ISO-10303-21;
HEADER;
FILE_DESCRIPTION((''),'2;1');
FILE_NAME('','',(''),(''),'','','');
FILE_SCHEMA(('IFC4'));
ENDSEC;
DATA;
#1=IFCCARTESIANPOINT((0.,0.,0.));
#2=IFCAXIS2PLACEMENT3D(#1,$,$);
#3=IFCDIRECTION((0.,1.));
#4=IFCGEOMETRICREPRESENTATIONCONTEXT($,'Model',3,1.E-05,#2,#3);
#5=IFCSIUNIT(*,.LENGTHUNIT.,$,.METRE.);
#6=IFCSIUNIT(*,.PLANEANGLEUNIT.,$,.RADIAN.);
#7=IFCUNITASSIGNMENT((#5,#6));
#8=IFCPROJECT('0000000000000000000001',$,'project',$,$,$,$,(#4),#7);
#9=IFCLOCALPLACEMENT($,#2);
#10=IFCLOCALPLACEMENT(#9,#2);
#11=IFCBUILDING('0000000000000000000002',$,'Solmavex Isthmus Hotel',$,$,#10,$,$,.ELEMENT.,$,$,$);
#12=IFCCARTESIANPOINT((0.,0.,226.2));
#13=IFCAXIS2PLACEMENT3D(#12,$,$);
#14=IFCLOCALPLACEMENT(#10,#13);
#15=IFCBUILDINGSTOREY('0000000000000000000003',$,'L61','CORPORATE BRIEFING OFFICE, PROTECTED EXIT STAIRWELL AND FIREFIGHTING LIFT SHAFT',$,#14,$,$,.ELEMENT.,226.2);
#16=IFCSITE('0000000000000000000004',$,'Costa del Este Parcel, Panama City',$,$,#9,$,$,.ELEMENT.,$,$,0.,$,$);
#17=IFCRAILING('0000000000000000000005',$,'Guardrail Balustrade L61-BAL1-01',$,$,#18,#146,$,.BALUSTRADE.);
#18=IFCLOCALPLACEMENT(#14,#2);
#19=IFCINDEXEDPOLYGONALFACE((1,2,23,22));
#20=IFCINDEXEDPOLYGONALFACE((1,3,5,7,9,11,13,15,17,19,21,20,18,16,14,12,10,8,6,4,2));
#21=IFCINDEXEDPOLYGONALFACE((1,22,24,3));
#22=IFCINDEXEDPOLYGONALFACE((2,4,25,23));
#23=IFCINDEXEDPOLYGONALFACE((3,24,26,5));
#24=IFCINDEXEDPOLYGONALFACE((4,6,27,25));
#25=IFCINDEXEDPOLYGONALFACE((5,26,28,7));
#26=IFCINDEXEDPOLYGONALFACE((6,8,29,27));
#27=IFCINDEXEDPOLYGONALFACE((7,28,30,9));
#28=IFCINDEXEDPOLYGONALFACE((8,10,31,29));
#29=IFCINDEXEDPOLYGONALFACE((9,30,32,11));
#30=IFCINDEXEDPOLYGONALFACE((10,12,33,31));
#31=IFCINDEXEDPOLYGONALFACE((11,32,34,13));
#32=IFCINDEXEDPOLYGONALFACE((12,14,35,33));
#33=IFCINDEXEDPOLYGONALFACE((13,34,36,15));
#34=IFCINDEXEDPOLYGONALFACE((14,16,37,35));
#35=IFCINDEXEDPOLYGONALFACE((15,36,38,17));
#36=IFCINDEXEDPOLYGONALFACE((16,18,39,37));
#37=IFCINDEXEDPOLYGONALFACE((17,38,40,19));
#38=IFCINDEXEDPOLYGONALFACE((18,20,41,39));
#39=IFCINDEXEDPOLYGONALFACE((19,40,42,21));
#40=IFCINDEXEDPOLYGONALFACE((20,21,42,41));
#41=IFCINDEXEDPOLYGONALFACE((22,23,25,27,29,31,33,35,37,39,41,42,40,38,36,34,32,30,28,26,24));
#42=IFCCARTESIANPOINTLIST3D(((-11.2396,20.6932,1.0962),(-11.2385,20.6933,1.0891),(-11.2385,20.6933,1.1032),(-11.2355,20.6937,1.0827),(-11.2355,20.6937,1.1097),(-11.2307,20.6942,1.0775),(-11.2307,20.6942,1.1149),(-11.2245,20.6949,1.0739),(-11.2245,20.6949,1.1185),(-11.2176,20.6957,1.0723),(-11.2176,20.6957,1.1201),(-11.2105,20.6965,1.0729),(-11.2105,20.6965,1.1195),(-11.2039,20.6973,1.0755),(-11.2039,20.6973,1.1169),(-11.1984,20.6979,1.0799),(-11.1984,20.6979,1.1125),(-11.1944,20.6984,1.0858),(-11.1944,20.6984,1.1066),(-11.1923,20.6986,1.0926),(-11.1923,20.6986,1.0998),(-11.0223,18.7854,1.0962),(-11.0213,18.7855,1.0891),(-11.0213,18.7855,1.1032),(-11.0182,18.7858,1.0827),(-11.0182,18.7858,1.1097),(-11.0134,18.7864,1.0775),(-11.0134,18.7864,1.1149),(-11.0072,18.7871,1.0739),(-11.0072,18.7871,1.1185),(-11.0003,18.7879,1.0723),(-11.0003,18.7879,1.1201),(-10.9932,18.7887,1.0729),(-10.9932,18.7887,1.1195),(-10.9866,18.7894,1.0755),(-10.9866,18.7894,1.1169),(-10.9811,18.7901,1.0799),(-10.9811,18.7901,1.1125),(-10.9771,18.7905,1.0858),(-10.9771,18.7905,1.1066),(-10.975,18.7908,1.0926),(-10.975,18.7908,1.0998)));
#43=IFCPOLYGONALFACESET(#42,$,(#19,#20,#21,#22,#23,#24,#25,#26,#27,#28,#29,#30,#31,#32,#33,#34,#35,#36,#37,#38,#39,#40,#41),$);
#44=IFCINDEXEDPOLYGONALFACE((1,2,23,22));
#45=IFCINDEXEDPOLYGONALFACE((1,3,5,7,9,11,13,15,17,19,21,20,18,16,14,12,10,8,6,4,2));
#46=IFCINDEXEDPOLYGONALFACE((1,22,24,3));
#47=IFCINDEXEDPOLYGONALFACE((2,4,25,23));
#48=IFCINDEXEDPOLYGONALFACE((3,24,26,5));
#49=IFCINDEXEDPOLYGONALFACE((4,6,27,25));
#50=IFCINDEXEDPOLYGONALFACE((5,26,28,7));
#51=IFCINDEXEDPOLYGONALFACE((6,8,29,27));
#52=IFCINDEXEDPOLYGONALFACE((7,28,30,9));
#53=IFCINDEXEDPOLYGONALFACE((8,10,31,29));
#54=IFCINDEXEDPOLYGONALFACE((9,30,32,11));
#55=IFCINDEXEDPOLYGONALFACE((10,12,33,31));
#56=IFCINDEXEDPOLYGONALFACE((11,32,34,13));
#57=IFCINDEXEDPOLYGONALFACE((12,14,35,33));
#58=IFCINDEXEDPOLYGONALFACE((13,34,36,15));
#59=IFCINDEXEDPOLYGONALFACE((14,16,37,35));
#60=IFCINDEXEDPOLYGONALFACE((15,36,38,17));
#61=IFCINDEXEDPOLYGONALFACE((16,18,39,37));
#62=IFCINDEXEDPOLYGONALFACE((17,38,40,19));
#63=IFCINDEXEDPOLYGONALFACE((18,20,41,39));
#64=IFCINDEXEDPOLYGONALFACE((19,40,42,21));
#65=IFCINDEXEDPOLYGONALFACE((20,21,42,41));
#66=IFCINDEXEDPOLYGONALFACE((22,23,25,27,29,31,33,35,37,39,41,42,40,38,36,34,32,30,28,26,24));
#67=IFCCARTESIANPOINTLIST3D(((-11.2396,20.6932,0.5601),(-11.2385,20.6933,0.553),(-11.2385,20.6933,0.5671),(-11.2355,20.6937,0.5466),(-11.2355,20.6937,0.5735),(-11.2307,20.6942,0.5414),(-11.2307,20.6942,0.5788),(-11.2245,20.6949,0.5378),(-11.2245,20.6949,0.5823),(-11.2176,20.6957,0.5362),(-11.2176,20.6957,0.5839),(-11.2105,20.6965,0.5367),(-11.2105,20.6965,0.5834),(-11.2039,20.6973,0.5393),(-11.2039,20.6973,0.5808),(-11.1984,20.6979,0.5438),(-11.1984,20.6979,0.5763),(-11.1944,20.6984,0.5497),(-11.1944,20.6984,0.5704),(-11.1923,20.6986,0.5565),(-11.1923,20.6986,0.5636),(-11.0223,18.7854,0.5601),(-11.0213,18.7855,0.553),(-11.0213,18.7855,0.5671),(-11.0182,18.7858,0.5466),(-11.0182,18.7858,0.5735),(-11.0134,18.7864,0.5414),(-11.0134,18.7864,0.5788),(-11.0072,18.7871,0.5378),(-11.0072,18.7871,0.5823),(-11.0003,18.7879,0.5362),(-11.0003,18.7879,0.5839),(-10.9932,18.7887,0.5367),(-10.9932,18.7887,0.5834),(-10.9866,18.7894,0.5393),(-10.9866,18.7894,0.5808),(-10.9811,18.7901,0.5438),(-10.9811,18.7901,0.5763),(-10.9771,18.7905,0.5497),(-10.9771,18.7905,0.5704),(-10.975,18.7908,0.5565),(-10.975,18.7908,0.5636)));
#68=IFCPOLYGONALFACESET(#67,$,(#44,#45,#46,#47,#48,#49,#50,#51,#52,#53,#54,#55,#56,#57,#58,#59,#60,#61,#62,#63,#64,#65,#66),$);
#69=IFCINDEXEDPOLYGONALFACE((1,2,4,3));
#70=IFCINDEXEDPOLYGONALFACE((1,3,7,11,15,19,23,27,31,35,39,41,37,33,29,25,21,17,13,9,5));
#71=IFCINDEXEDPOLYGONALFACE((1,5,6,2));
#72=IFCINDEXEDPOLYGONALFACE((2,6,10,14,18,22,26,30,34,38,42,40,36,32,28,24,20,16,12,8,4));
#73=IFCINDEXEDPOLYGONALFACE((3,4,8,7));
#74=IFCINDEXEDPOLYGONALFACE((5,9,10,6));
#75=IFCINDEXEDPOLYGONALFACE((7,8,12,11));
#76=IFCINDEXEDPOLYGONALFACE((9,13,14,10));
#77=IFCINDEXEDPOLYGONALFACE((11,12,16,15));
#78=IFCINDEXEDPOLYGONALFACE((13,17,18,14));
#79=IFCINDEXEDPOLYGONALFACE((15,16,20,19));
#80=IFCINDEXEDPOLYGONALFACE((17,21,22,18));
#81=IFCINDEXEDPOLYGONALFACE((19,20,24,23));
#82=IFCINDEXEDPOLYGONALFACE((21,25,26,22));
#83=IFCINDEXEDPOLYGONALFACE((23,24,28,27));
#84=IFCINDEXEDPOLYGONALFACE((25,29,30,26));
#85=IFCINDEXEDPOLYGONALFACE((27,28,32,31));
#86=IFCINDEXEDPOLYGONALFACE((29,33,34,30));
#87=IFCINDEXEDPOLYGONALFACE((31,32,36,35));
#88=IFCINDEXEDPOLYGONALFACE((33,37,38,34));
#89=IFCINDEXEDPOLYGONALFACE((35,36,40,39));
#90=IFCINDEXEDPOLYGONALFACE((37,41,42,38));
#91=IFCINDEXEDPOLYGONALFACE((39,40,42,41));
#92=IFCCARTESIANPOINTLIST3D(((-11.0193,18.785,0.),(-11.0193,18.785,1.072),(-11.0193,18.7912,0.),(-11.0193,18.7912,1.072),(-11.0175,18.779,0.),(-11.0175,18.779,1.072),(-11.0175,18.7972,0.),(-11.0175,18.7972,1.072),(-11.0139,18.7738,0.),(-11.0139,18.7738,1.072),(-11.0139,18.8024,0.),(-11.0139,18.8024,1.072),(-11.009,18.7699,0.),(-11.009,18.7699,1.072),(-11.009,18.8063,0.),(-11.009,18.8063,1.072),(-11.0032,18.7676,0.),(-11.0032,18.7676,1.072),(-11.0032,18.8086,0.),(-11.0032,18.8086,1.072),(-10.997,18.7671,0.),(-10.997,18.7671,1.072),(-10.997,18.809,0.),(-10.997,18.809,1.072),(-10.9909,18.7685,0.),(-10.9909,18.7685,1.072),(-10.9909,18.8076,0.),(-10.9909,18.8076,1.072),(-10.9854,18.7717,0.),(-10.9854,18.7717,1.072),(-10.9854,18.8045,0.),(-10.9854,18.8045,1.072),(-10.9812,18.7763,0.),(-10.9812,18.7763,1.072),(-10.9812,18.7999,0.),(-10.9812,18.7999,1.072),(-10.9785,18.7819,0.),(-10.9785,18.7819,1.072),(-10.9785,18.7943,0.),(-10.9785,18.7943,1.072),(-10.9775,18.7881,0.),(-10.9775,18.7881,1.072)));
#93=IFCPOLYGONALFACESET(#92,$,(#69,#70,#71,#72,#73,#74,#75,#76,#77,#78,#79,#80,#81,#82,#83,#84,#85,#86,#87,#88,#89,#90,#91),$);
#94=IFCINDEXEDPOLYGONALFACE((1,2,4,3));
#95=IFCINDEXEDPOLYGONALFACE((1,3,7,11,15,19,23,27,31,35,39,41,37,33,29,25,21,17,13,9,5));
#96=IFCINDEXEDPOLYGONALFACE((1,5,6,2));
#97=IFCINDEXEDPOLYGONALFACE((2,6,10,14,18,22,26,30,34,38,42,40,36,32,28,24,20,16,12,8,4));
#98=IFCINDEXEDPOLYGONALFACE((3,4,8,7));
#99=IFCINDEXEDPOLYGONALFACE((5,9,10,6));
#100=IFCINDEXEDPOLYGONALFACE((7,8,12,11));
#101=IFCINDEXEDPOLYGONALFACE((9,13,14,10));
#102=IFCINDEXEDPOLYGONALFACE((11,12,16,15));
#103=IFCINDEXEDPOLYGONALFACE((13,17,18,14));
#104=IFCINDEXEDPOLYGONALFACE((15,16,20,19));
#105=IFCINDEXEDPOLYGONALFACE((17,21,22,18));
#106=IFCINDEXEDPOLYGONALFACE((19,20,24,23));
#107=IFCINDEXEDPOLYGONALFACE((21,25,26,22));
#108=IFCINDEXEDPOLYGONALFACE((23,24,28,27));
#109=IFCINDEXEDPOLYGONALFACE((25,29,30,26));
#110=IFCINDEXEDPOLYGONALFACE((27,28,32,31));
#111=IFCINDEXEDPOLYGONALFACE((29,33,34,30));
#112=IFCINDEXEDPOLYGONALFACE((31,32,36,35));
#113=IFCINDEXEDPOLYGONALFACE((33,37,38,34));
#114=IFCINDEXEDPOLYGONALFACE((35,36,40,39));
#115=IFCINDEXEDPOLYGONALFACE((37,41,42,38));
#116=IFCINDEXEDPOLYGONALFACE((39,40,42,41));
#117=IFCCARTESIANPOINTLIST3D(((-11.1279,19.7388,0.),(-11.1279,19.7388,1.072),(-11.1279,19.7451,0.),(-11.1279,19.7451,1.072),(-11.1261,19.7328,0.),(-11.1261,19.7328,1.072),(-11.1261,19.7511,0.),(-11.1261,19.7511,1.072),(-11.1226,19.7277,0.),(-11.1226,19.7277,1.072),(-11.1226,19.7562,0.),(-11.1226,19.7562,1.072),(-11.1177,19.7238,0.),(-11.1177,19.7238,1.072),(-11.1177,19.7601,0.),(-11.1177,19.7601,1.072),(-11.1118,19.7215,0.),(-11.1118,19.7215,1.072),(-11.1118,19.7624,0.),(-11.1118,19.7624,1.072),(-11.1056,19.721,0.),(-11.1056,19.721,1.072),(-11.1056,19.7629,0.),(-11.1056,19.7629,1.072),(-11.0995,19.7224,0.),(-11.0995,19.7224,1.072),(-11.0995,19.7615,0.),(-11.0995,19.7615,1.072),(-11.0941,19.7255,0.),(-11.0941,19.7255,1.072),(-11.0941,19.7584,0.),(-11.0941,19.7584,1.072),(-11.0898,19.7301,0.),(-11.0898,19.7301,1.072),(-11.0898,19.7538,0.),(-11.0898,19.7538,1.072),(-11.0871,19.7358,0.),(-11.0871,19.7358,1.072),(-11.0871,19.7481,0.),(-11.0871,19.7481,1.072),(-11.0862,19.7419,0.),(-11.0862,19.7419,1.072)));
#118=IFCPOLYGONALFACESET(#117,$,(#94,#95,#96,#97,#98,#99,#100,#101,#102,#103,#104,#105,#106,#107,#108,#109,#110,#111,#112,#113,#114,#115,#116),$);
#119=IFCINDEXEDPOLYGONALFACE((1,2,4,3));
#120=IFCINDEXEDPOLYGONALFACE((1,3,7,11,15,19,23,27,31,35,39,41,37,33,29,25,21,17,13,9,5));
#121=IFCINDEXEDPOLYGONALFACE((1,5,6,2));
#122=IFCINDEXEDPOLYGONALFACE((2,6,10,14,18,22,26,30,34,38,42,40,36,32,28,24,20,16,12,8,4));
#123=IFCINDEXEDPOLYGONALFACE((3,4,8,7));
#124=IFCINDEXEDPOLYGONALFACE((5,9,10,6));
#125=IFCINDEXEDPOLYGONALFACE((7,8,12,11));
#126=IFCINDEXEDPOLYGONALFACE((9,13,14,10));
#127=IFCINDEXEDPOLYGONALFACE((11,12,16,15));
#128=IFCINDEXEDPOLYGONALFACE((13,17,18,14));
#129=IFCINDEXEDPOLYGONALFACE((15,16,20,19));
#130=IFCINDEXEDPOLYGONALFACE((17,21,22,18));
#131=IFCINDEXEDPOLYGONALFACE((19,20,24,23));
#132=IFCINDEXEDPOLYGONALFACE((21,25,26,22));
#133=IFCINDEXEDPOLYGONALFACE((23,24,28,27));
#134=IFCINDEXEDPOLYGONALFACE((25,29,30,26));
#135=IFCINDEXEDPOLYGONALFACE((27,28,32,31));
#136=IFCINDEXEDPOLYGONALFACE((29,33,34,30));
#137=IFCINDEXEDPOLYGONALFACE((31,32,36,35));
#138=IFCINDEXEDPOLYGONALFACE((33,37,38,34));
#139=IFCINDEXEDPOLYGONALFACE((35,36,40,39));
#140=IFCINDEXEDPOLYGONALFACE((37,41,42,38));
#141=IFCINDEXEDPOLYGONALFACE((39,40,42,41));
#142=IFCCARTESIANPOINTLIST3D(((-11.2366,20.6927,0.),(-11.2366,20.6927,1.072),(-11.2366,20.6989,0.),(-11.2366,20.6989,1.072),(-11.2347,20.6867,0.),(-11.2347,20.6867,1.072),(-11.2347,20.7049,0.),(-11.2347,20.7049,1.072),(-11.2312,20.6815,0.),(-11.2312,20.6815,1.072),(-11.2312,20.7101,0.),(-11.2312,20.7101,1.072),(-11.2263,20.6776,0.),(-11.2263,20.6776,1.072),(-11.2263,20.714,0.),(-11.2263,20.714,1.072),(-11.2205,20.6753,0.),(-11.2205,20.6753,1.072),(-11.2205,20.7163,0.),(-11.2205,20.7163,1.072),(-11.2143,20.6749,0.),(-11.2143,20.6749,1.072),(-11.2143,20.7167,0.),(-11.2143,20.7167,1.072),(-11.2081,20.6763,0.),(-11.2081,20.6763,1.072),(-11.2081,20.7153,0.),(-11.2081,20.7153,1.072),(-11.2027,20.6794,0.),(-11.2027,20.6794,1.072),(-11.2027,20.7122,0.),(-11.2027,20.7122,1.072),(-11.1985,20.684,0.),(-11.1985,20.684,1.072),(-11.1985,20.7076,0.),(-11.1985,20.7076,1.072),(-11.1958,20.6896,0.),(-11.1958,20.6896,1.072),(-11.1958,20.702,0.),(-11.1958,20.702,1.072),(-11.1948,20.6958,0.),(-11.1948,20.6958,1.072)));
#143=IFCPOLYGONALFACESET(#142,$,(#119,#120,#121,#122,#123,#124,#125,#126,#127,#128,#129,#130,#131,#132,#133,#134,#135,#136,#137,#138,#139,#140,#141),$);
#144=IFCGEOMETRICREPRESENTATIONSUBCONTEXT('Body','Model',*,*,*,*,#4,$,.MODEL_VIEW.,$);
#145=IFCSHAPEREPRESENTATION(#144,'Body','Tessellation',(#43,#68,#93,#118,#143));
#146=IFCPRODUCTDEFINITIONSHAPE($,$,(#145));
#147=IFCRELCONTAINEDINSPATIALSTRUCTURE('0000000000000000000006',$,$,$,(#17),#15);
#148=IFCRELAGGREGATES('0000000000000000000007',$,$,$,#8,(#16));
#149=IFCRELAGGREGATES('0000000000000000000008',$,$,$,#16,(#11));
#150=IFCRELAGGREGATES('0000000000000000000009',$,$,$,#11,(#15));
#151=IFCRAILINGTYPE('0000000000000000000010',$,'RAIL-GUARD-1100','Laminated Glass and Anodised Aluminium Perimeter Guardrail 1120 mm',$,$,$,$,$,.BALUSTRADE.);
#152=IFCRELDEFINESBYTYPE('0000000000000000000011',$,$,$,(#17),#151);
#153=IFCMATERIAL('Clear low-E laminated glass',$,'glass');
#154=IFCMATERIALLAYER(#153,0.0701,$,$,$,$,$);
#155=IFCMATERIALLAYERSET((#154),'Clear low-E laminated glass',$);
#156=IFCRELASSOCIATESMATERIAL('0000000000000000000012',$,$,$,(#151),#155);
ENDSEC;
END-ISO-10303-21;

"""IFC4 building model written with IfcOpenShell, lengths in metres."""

from ifc_helpers import new_model, si_unit, direction, frame, origin, origin_2d, place, context, subcontext, project, spatial, circle, extrude, material, layer, layer_set, type_object, element, save


model = new_model("IFC4")

# Units and contexts
model_context = context("Model", 3, precision=1e-05, world=origin(), true_north=direction((0.0, 1.0)))
body_context = subcontext(model_context, "Body", "Model", "MODEL_VIEW")
ifc_project = project(units=[si_unit("LENGTHUNIT", "METRE"), si_unit("PLANEANGLEUNIT", "RADIAN")], contexts=[model_context])

# Site, building, storey
site_placement = place(None, origin())
site = spatial("IfcSite", under=ifc_project, at=site_placement, Name="Costa del Este Parcel, Panama City", CompositionType="ELEMENT", RefElevation=0.0)
building_placement = place(site_placement, origin())
building = spatial("IfcBuilding", under=site, at=building_placement, Name="Solmavex Isthmus Hotel", CompositionType="ELEMENT")
storey_placement = place(building_placement, frame((0.0, 0.0, 226.2)))
storey = spatial("IfcBuildingStorey", under=building, at=storey_placement, Name="L61", Description="CORPORATE BRIEFING OFFICE, PROTECTED EXIT STAIRWELL AND FIREFIGHTING LIFT SHAFT", CompositionType="ELEMENT", Elevation=226.2)

# Shared definitions
ifc_material_1 = material(Name="Clear low-E laminated glass", Category="glass")

# Railing
ifc_layer_1 = layer(ifc_material_1, 0.0701)
ifc_layer_set_1 = layer_set([ifc_layer_1], Name="Clear low-E laminated glass")
railing_type = type_object("IfcRailingType", Name="RAIL-GUARD-1100", Description="Laminated Glass and Anodised Aluminium Perimeter Guardrail 1120 mm", PredefinedType="BALUSTRADE", material=ifc_layer_set_1)
railing_1_placement = place(storey_placement, frame((-10.9985, 18.7881, 0.0)))
element("IfcRailing", 1, at=railing_1_placement, inside=storey, type_object=railing_type, Name="Guardrail Balustrade L61-BAL1-01", PredefinedType="BALUSTRADE", context=body_context, shape_type="SweptSolid", body=[
    extrude(circle(Radius=0.0239, at=origin_2d()), frame((0.0, 0.0, 1.0962), z_axis=(-0.113166, 0.993576, 0.0), x_axis=(-0.993576, -0.113166, 0.0)), (0.0, 0.0, 1.0), 1.9202),
    extrude(circle(Radius=0.0239, at=origin_2d()), frame((0.0, 0.0, 0.5601), z_axis=(-0.113166, 0.993576, 0.0), x_axis=(-0.993576, -0.113166, 0.0)), (0.0, 0.0, 1.0), 1.9202),
    extrude(circle(Radius=0.021, at=origin_2d()), origin(), (0.0, 0.0, 1.0), 1.072),
    extrude(circle(Radius=0.021, at=origin_2d()), frame((-0.1086, 0.9539, 0.0)), (0.0, 0.0, 1.0), 1.072),
    extrude(circle(Radius=0.021, at=origin_2d()), frame((-0.2173, 1.9077, 0.0)), (0.0, 0.0, 1.0), 1.072),
])

save(model, "model.ifc")
